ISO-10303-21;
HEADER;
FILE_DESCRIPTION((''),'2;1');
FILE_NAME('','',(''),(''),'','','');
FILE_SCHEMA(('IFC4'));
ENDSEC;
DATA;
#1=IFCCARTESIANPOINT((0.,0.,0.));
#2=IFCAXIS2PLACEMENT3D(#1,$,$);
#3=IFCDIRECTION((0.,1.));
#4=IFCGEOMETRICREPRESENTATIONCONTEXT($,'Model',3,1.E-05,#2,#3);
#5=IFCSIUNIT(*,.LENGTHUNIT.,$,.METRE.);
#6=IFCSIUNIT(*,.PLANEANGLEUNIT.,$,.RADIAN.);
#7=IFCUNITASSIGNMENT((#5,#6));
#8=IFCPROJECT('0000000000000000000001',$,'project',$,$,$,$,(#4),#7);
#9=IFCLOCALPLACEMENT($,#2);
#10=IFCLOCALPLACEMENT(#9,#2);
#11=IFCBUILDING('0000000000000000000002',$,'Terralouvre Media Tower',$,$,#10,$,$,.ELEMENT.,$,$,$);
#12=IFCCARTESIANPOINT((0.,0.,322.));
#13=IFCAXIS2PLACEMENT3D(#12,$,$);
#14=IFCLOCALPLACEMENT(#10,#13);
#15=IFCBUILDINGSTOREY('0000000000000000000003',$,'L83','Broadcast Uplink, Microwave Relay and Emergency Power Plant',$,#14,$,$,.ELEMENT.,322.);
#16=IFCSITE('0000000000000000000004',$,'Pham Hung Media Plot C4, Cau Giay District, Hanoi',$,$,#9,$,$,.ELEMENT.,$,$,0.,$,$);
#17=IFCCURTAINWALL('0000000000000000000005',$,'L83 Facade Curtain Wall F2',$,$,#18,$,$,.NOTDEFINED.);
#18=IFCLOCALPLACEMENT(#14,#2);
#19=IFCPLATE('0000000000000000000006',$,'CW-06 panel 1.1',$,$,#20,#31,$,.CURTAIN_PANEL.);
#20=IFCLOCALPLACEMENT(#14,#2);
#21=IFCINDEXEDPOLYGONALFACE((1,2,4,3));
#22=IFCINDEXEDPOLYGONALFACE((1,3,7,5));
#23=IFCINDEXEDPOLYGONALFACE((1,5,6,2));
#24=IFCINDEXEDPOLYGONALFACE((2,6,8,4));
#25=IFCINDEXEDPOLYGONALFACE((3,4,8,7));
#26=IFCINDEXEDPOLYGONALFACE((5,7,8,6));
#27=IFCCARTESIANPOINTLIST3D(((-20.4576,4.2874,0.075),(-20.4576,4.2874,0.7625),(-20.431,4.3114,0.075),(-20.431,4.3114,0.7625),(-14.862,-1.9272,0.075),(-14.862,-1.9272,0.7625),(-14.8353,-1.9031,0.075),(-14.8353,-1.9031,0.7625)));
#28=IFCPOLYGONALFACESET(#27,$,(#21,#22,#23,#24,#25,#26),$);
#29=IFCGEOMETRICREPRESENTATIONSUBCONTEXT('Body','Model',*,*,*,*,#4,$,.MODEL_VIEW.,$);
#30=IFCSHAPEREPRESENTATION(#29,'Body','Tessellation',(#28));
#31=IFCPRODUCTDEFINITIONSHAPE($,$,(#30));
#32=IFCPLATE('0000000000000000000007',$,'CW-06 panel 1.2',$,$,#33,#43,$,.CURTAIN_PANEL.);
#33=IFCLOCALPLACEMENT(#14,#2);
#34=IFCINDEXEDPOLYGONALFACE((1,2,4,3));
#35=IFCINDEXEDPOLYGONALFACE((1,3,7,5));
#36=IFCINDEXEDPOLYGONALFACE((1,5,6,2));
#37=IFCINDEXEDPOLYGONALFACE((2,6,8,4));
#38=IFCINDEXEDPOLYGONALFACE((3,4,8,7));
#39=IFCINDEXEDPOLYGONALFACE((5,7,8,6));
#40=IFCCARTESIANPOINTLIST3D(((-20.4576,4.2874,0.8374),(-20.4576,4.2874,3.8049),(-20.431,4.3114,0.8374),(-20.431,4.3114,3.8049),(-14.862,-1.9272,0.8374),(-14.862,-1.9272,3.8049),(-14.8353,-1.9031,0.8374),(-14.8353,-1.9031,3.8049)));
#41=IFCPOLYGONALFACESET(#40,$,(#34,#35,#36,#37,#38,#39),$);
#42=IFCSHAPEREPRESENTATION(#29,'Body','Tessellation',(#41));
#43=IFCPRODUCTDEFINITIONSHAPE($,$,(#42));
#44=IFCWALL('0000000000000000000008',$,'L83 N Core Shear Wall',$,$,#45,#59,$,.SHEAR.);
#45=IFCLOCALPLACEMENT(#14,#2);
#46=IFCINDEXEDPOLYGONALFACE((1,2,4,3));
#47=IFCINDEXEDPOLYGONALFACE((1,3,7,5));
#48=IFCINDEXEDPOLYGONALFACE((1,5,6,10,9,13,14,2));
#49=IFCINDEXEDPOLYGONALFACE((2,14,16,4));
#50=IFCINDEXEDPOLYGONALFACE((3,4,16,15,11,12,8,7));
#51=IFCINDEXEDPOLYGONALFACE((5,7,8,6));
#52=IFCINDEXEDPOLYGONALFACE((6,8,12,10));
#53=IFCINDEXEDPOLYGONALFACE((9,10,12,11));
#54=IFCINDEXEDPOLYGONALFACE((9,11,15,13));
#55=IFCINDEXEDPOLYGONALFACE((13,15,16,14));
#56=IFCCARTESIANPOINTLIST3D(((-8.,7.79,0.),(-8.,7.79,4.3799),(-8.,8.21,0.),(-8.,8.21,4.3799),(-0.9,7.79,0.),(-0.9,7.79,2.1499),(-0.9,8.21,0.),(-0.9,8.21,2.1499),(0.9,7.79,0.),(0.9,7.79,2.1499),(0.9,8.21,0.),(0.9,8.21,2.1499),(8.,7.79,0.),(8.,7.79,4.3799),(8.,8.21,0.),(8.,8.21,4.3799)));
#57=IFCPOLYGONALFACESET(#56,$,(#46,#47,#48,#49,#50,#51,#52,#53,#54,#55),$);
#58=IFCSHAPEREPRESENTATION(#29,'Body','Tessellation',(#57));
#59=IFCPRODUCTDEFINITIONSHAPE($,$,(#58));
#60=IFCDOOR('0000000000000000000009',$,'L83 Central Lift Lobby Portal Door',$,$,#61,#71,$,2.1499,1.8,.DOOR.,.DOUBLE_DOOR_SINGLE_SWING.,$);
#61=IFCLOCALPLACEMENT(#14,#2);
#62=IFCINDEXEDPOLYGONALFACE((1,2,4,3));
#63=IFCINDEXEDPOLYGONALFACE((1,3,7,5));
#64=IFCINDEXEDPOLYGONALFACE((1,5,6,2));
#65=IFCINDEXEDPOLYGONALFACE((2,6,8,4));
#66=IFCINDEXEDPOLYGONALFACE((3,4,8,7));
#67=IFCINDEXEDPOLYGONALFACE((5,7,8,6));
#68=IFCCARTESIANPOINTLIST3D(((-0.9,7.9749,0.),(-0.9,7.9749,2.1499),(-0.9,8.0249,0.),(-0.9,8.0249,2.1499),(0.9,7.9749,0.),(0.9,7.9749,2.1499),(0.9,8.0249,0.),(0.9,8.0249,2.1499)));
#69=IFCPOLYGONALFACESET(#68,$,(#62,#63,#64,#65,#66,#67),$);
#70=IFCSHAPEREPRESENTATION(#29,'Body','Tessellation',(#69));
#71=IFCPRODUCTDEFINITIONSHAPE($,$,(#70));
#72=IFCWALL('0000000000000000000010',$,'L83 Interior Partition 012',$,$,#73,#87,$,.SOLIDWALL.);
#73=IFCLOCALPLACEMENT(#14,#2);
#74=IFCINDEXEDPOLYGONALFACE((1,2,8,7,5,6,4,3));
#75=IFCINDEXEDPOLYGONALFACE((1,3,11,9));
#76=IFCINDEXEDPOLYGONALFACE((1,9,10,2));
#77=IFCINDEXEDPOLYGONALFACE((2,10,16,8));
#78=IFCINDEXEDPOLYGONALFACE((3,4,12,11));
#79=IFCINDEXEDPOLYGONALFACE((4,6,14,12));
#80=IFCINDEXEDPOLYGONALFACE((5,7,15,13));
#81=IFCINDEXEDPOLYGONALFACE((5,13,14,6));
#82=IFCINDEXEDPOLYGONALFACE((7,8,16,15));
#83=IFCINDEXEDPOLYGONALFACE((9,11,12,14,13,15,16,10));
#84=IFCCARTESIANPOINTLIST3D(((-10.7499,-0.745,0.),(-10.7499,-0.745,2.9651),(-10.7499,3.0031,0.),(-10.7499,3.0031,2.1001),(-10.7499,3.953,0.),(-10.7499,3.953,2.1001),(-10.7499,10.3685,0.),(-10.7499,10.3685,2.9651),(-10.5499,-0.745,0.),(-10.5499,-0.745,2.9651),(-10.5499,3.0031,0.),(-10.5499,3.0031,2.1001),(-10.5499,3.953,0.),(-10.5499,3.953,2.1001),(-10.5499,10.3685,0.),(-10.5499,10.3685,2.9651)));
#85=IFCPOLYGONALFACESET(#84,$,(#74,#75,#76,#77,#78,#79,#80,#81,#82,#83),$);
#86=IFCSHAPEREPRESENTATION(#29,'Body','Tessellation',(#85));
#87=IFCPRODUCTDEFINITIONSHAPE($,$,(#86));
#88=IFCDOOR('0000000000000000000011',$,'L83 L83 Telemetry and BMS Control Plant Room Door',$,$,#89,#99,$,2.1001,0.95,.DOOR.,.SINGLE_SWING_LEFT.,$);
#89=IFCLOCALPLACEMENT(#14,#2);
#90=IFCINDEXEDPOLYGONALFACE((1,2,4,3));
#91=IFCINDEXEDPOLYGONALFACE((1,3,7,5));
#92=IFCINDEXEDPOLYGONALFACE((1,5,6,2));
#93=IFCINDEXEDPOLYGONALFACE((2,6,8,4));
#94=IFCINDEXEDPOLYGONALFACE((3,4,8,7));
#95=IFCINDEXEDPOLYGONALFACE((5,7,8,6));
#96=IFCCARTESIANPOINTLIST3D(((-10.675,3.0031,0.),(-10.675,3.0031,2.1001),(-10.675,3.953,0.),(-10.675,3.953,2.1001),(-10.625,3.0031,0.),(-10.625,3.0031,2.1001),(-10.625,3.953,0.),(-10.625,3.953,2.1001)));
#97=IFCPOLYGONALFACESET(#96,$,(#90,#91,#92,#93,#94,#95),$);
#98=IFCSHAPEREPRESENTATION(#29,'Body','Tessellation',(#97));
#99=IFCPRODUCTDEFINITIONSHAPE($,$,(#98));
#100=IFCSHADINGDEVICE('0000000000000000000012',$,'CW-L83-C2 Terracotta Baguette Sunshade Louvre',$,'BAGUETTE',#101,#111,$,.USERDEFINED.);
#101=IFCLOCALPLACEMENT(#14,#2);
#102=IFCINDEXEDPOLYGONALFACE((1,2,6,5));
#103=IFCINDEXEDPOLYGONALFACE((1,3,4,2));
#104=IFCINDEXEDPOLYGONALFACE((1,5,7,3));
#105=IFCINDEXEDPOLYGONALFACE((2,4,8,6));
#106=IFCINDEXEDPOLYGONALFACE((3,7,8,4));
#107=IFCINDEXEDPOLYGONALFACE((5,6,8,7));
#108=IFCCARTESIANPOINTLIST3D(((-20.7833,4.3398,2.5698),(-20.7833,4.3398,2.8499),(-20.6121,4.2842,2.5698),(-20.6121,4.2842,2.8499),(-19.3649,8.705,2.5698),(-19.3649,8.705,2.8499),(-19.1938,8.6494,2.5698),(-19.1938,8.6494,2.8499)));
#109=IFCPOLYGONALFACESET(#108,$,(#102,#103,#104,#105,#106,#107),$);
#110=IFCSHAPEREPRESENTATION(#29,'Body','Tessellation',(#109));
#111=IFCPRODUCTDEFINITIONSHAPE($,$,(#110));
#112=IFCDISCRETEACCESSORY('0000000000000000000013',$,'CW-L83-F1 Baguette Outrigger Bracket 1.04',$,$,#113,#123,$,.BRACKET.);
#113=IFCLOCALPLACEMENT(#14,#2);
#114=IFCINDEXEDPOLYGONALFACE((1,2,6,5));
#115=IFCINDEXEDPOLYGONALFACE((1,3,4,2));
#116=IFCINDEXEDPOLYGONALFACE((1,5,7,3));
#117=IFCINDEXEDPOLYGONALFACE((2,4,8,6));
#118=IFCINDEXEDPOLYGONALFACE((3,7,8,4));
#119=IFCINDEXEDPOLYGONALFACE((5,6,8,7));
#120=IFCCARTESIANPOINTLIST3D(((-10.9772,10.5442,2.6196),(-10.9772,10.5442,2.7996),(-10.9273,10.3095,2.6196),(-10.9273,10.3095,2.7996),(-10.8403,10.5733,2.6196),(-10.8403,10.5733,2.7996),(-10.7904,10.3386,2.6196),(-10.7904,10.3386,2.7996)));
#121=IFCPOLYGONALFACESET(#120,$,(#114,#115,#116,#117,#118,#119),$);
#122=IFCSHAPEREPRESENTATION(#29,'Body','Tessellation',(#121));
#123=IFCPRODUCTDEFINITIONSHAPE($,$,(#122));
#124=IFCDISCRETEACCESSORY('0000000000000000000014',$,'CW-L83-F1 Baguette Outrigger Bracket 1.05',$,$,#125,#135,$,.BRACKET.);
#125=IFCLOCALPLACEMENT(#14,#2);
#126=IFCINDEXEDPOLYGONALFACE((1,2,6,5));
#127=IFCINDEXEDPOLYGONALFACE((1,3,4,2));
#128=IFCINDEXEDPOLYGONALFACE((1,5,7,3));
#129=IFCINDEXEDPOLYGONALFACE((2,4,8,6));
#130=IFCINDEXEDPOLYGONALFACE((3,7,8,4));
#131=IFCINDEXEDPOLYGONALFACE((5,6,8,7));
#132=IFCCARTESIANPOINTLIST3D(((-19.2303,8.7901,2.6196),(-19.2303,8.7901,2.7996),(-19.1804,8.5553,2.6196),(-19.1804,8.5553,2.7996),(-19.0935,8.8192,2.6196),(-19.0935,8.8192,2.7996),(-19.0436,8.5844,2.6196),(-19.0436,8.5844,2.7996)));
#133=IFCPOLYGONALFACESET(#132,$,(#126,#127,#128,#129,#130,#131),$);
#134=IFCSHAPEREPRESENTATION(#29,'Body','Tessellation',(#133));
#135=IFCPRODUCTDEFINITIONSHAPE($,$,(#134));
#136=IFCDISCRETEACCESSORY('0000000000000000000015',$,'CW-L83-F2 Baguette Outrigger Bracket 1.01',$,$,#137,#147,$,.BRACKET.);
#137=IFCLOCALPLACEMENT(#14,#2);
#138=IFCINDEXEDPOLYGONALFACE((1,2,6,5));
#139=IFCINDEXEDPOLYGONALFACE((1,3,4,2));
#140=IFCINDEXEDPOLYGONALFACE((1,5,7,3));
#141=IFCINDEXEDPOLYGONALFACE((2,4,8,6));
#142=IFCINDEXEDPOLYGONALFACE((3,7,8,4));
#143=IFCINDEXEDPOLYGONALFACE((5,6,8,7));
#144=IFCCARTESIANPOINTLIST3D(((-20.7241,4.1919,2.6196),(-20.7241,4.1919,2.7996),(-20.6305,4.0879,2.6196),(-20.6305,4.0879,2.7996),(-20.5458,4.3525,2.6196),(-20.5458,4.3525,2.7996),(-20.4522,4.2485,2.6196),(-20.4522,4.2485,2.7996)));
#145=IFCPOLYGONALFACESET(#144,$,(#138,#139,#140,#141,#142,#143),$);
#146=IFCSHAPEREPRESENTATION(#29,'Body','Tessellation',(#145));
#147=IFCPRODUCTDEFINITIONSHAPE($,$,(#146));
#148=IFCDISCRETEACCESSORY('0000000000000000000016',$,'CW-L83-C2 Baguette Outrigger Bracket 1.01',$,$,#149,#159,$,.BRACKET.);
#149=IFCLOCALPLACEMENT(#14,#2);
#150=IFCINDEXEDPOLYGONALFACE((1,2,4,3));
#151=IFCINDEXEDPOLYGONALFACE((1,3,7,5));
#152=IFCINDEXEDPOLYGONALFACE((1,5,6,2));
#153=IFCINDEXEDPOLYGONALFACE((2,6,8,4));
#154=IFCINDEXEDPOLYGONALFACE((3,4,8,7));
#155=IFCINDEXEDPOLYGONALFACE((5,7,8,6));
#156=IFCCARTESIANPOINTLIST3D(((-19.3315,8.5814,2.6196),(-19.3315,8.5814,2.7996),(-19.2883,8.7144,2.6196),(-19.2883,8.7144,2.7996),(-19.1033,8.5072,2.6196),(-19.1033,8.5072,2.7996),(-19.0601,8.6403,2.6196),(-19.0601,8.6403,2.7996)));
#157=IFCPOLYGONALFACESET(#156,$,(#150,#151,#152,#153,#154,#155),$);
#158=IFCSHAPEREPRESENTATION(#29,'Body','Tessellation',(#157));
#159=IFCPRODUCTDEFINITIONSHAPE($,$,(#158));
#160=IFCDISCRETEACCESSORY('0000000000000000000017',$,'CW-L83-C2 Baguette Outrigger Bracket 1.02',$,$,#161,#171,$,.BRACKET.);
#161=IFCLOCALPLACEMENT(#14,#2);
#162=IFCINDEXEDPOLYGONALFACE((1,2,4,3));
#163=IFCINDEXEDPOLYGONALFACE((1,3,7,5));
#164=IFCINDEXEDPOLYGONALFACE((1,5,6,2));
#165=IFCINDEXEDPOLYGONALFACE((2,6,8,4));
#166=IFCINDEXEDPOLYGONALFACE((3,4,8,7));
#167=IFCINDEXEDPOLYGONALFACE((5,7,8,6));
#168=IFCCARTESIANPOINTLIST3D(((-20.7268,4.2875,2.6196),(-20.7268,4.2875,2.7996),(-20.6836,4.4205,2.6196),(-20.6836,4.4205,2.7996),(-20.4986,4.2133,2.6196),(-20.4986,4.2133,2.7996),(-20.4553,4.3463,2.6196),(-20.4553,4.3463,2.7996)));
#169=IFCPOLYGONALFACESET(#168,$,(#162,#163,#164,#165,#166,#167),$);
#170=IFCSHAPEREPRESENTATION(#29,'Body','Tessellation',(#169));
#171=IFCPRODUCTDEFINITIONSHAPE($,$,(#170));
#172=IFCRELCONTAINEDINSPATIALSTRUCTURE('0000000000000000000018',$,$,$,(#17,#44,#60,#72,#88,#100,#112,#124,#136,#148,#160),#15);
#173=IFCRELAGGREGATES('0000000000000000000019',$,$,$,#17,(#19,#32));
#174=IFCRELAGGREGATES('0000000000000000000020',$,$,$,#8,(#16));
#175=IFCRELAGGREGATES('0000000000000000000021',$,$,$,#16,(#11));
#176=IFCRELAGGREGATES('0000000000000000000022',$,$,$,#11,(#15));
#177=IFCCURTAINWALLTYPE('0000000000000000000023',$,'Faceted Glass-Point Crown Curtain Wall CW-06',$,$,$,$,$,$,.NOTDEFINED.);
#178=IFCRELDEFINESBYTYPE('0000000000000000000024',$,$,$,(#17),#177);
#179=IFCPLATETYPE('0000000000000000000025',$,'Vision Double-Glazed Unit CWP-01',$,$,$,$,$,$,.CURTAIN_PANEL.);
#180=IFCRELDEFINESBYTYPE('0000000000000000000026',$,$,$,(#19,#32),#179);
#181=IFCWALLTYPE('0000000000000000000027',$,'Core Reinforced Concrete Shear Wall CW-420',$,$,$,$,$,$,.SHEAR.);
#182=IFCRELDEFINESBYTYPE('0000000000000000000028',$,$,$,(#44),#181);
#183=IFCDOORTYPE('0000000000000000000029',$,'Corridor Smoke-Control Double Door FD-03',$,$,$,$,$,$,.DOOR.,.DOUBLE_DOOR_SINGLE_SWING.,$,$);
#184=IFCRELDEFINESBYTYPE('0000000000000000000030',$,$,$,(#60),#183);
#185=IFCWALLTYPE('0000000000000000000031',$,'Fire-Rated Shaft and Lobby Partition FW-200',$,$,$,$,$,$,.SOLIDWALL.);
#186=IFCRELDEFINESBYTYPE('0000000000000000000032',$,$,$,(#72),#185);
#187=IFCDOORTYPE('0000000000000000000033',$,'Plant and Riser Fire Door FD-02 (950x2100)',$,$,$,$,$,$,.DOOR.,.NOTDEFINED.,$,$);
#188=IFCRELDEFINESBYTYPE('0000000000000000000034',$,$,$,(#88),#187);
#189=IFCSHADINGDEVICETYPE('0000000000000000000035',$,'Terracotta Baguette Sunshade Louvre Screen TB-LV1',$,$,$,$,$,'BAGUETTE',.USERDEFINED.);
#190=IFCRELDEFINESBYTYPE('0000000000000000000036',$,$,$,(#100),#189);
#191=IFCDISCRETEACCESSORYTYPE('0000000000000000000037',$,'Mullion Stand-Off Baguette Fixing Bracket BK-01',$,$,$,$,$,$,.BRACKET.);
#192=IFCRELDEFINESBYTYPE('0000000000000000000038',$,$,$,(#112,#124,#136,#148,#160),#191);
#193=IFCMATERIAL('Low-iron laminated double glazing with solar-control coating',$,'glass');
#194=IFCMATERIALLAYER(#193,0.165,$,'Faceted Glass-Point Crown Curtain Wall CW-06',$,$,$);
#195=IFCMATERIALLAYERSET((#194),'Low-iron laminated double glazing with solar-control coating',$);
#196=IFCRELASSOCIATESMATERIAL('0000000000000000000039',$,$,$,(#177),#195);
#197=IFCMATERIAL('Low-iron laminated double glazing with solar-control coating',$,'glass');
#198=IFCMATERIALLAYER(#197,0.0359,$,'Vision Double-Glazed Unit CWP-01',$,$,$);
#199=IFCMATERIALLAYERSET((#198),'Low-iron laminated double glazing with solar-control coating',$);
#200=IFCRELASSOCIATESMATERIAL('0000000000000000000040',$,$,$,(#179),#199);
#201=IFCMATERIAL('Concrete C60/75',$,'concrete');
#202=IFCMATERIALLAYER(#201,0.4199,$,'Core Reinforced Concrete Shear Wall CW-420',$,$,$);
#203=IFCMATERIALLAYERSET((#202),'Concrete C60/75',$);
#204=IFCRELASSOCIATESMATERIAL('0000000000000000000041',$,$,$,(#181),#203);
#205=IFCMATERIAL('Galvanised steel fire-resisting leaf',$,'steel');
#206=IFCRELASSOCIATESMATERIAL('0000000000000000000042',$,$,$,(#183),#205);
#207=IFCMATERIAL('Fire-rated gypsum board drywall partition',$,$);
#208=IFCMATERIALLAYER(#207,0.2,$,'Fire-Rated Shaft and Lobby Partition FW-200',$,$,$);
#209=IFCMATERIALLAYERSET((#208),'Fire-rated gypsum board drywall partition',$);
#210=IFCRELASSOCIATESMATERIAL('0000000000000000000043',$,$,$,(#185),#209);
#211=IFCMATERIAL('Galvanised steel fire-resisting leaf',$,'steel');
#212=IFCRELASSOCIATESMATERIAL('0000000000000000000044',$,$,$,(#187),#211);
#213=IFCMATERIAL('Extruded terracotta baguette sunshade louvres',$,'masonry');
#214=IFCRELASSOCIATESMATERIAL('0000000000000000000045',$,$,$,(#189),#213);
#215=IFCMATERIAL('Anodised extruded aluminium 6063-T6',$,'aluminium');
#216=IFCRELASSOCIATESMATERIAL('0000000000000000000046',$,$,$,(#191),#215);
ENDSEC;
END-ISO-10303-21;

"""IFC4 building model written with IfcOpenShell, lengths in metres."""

from ifc_helpers import new_model, si_unit, direction, frame, frame_2d, origin, origin_2d, place, context, subcontext, project, spatial, rectangle, extrude, material, layer, layer_set, type_object, element, fill, aggregate, save


model = new_model("IFC4")

# Units and contexts
model_context = context("Model", 3, precision=1e-05, world=origin(), true_north=direction((0.0, 1.0)))
body_context = subcontext(model_context, "Body", "Model", "MODEL_VIEW")
ifc_project = project(units=[si_unit("LENGTHUNIT", "METRE"), si_unit("PLANEANGLEUNIT", "RADIAN")], contexts=[model_context])

# Site, building, storey
site_placement = place(None, origin())
site = spatial("IfcSite", under=ifc_project, at=site_placement, Name="Pham Hung Media Plot C4, Cau Giay District, Hanoi", CompositionType="ELEMENT", RefElevation=0.0)
building_placement = place(site_placement, origin())
building = spatial("IfcBuilding", under=site, at=building_placement, Name="Terralouvre Media Tower", CompositionType="ELEMENT")
storey_placement = place(building_placement, frame((0.0, 0.0, 322.0)))
storey = spatial("IfcBuildingStorey", under=building, at=storey_placement, Name="L83", Description="Broadcast Uplink, Microwave Relay and Emergency Power Plant", CompositionType="ELEMENT", Elevation=322.0)

# Curtain wall
ifc_material_1 = material(Name="Low-iron laminated double glazing with solar-control coating", Category="glass")
ifc_layer_1 = layer(ifc_material_1, 0.165, Name="Faceted Glass-Point Crown Curtain Wall CW-06")
ifc_layer_set_1 = layer_set([ifc_layer_1], Name="Low-iron laminated double glazing with solar-control coating")
curtain_wall_type_1 = type_object("IfcCurtainWallType", Name="Faceted Glass-Point Crown Curtain Wall CW-06", PredefinedType="NOTDEFINED", material=ifc_layer_set_1)
curtain_wall_1_placement = place(storey_placement, origin())
curtain_wall_1 = element("IfcCurtainWall", 1, at=curtain_wall_1_placement, inside=storey, type_object=curtain_wall_type_1, Name="L83 Facade Curtain Wall F2", PredefinedType="NOTDEFINED")

# Plates
ifc_material_2 = material(Name="Low-iron laminated double glazing with solar-control coating", Category="glass")
ifc_layer_2 = layer(ifc_material_2, 0.0359, Name="Vision Double-Glazed Unit CWP-01")
ifc_layer_set_2 = layer_set([ifc_layer_2], Name="Low-iron laminated double glazing with solar-control coating")
plate_type_1 = type_object("IfcPlateType", Name="Vision Double-Glazed Unit CWP-01", PredefinedType="CURTAIN_PANEL", material=ifc_layer_set_2)
plate_1_placement = place(storey_placement, frame((-17.6465, 1.1921, 0.075), z_axis=(0.0, 0.0, 1.0), x_axis=(0.669131, -0.743145, 0.0)))
plate_1 = element("IfcPlate", 2, at=plate_1_placement, type_object=plate_type_1, Name="CW-06 panel 1.1", PredefinedType="CURTAIN_PANEL", context=body_context, shape_type="SweptSolid", body=[
    extrude(rectangle(XDim=8.3625, YDim=0.0359, at=origin_2d()), origin(), (0.0, 0.0, 1.0), 0.6875),
])
plate_2_placement = place(storey_placement, frame((-17.6465, 1.1921, 0.8374), z_axis=(0.0, 0.0, 1.0), x_axis=(0.669131, -0.743145, 0.0)))
plate_2 = element("IfcPlate", 3, at=plate_2_placement, type_object=plate_type_1, Name="CW-06 panel 1.2", PredefinedType="CURTAIN_PANEL", context=body_context, shape_type="SweptSolid", body=[
    extrude(rectangle(XDim=8.3625, YDim=0.0359, at=origin_2d()), origin(), (0.0, 0.0, 1.0), 2.9675),
])
aggregate(curtain_wall_1, [plate_1, plate_2])

# Walls, openings, doors
ifc_material_3 = material(Name="Concrete C60/75", Category="concrete")
ifc_layer_3 = layer(ifc_material_3, 0.4199, Name="Core Reinforced Concrete Shear Wall CW-420")
ifc_layer_set_3 = layer_set([ifc_layer_3], Name="Concrete C60/75")
wall_type_1 = type_object("IfcWallType", Name="Core Reinforced Concrete Shear Wall CW-420", PredefinedType="SHEAR", material=ifc_layer_set_3)
wall_1_placement = place(storey_placement, frame((-8.0, 8.0, 0.0), z_axis=(0.0, 0.0, 1.0), x_axis=(1.0, 0.0, 0.0)))
wall_1 = element("IfcWall", 4, at=wall_1_placement, inside=storey, type_object=wall_type_1, Name="L83 N Core Shear Wall", PredefinedType="SHEAR", context=body_context, shape_type="SweptSolid", body=[
    extrude(rectangle(XDim=16.0, YDim=0.4199, at=frame_2d((8.0, 0.0))), origin(), (0.0, 0.0, 1.0), 4.3799),
])
opening_1_placement = place(wall_1_placement, frame((7.1001, 0.0, 0.0)))
opening_1 = element("IfcOpeningElement", 5, at=opening_1_placement, cuts=wall_1, PredefinedType="OPENING", context=body_context, shape_type="SweptSolid", body=[
    extrude(rectangle(XDim=1.8, YDim=2.1499, at=frame_2d((0.8999, 1.075))), frame((0.0, 0.22, 0.0), z_axis=(0.0, -1.0, 0.0), x_axis=(1.0, 0.0, 0.0)), (0.0, 0.0, 1.0), 0.4399),
])
ifc_material_4 = material(Name="Galvanised steel fire-resisting leaf", Category="steel")
door_type_1 = type_object("IfcDoorType", Name="Corridor Smoke-Control Double Door FD-03", OperationType="DOUBLE_DOOR_SINGLE_SWING", PredefinedType="DOOR", material=ifc_material_4)
door_1_placement = place(opening_1_placement, origin())
door_1 = element("IfcDoor", 6, at=door_1_placement, inside=storey, type_object=door_type_1, Name="L83 Central Lift Lobby Portal Door", OperationType="DOUBLE_DOOR_SINGLE_SWING", OverallHeight=2.1499, OverallWidth=1.8, PredefinedType="DOOR", context=body_context, shape_type="SweptSolid", body=[
    extrude(rectangle(XDim=1.8, YDim=2.1499, at=frame_2d((0.8999, 1.075))), frame((0.0, 0.0249, 0.0), z_axis=(0.0, -1.0, 0.0), x_axis=(1.0, 0.0, 0.0)), (0.0, 0.0, 1.0), 0.05),
])
fill(opening_1, door_1)
ifc_material_5 = material(Name="Fire-rated gypsum board drywall partition")
ifc_layer_4 = layer(ifc_material_5, 0.2, Name="Fire-Rated Shaft and Lobby Partition FW-200")
ifc_layer_set_4 = layer_set([ifc_layer_4], Name="Fire-rated gypsum board drywall partition")
wall_type_2 = type_object("IfcWallType", Name="Fire-Rated Shaft and Lobby Partition FW-200", PredefinedType="SOLIDWALL", material=ifc_layer_set_4)
wall_2_placement = place(storey_placement, frame((-10.6499, 10.3684, 0.0), z_axis=(0.0, 0.0, 1.0), x_axis=(0.0, -1.0, 0.0)))
wall_2 = element("IfcWall", 7, at=wall_2_placement, inside=storey, type_object=wall_type_2, Name="L83 Interior Partition 012", PredefinedType="SOLIDWALL", context=body_context, shape_type="SweptSolid", body=[
    extrude(rectangle(XDim=11.1135, YDim=0.2, at=frame_2d((5.5566, 0.0))), origin(), (0.0, 0.0, 1.0), 2.9651),
])
opening_2_placement = place(wall_2_placement, frame((6.4153, 0.0, 0.0)))
opening_2 = element("IfcOpeningElement", 8, at=opening_2_placement, cuts=wall_2, PredefinedType="OPENING", context=body_context, shape_type="SweptSolid", body=[
    extrude(rectangle(XDim=0.95, YDim=2.1001, at=frame_2d((0.4751, 1.05))), frame((0.0, 0.1099, 0.0), z_axis=(0.0, -1.0, 0.0), x_axis=(1.0, 0.0, 0.0)), (0.0, 0.0, 1.0), 0.22),
])
ifc_material_6 = material(Name="Galvanised steel fire-resisting leaf", Category="steel")
door_type_2 = type_object("IfcDoorType", Name="Plant and Riser Fire Door FD-02 (950x2100)", OperationType="NOTDEFINED", PredefinedType="DOOR", material=ifc_material_6)
door_2_placement = place(opening_2_placement, origin())
door_2 = element("IfcDoor", 9, at=door_2_placement, inside=storey, type_object=door_type_2, Name="L83 L83 Telemetry and BMS Control Plant Room Door", OperationType="SINGLE_SWING_LEFT", OverallHeight=2.1001, OverallWidth=0.95, PredefinedType="DOOR", context=body_context, shape_type="SweptSolid", body=[
    extrude(rectangle(XDim=0.95, YDim=2.1001, at=frame_2d((0.4751, 1.05))), frame((0.0, 0.0249, 0.0), z_axis=(0.0, -1.0, 0.0), x_axis=(1.0, 0.0, 0.0)), (0.0, 0.0, 1.0), 0.05),
])
fill(opening_2, door_2)

# Shading device
ifc_material_7 = material(Name="Extruded terracotta baguette sunshade louvres", Category="masonry")
shading_device_type = type_object("IfcShadingDeviceType", Name="Terracotta Baguette Sunshade Louvre Screen TB-LV1", ElementType="BAGUETTE", PredefinedType="USERDEFINED", material=ifc_material_7)
shading_device_placement = place(storey_placement, frame((-19.9885, 6.4946, 2.5698), z_axis=(0.0, 0.0, 1.0), x_axis=(-0.309018, -0.951056, 0.0)))
element("IfcShadingDevice", 10, at=shading_device_placement, inside=storey, type_object=shading_device_type, Name="CW-L83-C2 Terracotta Baguette Sunshade Louvre", ObjectType="BAGUETTE", PredefinedType="USERDEFINED", context=body_context, shape_type="SweptSolid", body=[
    extrude(rectangle(XDim=4.5898, YDim=0.1799, at=origin_2d()), origin(), (0.0, 0.0, 1.0), 0.28),
])

# Discrete accessories
ifc_material_8 = material(Name="Anodised extruded aluminium 6063-T6", Category="aluminium")
discrete_accessory_type = type_object("IfcDiscreteAccessoryType", Name="Mullion Stand-Off Baguette Fixing Bracket BK-01", PredefinedType="BRACKET", material=ifc_material_8)
for number, where, z_axis, x_axis, name in (
    (11, (-10.8838, 10.4414, 2.6196), (0.0, 0.0, 1.0), (-0.978148, -0.207912, 0.0), "CW-L83-F1 Baguette Outrigger Bracket 1.04"),
    (12, (-19.137, 8.6873, 2.6196), (0.0, 0.0, 1.0), (-0.978148, -0.207912, 0.0), "CW-L83-F1 Baguette Outrigger Bracket 1.05"),
    (13, (-20.5881, 4.2202, 2.6196), (0.0, 0.0, 1.0), (0.669131, -0.743145, 0.0), "CW-L83-F2 Baguette Outrigger Bracket 1.01"),
    (14, (-19.1958, 8.6108, 2.6196), (0.0, 0.0, 1.0), (-0.309018, -0.951056, 0.0), "CW-L83-C2 Baguette Outrigger Bracket 1.01"),
    (15, (-20.5911, 4.3169, 2.6196), (0.0, 0.0, 1.0), (-0.309018, -0.951056, 0.0), "CW-L83-C2 Baguette Outrigger Bracket 1.02"),
):
    element("IfcDiscreteAccessory", number, at=place(storey_placement, frame(where, z_axis=z_axis, x_axis=x_axis)), inside=storey, type_object=discrete_accessory_type, Name=name, PredefinedType="BRACKET", context=body_context, shape_type="SweptSolid", body=[
        extrude(rectangle(XDim=0.1399, YDim=0.24, at=origin_2d()), origin(), (0.0, 0.0, 1.0), 0.1799),
    ])

save(model, "model.ifc")
